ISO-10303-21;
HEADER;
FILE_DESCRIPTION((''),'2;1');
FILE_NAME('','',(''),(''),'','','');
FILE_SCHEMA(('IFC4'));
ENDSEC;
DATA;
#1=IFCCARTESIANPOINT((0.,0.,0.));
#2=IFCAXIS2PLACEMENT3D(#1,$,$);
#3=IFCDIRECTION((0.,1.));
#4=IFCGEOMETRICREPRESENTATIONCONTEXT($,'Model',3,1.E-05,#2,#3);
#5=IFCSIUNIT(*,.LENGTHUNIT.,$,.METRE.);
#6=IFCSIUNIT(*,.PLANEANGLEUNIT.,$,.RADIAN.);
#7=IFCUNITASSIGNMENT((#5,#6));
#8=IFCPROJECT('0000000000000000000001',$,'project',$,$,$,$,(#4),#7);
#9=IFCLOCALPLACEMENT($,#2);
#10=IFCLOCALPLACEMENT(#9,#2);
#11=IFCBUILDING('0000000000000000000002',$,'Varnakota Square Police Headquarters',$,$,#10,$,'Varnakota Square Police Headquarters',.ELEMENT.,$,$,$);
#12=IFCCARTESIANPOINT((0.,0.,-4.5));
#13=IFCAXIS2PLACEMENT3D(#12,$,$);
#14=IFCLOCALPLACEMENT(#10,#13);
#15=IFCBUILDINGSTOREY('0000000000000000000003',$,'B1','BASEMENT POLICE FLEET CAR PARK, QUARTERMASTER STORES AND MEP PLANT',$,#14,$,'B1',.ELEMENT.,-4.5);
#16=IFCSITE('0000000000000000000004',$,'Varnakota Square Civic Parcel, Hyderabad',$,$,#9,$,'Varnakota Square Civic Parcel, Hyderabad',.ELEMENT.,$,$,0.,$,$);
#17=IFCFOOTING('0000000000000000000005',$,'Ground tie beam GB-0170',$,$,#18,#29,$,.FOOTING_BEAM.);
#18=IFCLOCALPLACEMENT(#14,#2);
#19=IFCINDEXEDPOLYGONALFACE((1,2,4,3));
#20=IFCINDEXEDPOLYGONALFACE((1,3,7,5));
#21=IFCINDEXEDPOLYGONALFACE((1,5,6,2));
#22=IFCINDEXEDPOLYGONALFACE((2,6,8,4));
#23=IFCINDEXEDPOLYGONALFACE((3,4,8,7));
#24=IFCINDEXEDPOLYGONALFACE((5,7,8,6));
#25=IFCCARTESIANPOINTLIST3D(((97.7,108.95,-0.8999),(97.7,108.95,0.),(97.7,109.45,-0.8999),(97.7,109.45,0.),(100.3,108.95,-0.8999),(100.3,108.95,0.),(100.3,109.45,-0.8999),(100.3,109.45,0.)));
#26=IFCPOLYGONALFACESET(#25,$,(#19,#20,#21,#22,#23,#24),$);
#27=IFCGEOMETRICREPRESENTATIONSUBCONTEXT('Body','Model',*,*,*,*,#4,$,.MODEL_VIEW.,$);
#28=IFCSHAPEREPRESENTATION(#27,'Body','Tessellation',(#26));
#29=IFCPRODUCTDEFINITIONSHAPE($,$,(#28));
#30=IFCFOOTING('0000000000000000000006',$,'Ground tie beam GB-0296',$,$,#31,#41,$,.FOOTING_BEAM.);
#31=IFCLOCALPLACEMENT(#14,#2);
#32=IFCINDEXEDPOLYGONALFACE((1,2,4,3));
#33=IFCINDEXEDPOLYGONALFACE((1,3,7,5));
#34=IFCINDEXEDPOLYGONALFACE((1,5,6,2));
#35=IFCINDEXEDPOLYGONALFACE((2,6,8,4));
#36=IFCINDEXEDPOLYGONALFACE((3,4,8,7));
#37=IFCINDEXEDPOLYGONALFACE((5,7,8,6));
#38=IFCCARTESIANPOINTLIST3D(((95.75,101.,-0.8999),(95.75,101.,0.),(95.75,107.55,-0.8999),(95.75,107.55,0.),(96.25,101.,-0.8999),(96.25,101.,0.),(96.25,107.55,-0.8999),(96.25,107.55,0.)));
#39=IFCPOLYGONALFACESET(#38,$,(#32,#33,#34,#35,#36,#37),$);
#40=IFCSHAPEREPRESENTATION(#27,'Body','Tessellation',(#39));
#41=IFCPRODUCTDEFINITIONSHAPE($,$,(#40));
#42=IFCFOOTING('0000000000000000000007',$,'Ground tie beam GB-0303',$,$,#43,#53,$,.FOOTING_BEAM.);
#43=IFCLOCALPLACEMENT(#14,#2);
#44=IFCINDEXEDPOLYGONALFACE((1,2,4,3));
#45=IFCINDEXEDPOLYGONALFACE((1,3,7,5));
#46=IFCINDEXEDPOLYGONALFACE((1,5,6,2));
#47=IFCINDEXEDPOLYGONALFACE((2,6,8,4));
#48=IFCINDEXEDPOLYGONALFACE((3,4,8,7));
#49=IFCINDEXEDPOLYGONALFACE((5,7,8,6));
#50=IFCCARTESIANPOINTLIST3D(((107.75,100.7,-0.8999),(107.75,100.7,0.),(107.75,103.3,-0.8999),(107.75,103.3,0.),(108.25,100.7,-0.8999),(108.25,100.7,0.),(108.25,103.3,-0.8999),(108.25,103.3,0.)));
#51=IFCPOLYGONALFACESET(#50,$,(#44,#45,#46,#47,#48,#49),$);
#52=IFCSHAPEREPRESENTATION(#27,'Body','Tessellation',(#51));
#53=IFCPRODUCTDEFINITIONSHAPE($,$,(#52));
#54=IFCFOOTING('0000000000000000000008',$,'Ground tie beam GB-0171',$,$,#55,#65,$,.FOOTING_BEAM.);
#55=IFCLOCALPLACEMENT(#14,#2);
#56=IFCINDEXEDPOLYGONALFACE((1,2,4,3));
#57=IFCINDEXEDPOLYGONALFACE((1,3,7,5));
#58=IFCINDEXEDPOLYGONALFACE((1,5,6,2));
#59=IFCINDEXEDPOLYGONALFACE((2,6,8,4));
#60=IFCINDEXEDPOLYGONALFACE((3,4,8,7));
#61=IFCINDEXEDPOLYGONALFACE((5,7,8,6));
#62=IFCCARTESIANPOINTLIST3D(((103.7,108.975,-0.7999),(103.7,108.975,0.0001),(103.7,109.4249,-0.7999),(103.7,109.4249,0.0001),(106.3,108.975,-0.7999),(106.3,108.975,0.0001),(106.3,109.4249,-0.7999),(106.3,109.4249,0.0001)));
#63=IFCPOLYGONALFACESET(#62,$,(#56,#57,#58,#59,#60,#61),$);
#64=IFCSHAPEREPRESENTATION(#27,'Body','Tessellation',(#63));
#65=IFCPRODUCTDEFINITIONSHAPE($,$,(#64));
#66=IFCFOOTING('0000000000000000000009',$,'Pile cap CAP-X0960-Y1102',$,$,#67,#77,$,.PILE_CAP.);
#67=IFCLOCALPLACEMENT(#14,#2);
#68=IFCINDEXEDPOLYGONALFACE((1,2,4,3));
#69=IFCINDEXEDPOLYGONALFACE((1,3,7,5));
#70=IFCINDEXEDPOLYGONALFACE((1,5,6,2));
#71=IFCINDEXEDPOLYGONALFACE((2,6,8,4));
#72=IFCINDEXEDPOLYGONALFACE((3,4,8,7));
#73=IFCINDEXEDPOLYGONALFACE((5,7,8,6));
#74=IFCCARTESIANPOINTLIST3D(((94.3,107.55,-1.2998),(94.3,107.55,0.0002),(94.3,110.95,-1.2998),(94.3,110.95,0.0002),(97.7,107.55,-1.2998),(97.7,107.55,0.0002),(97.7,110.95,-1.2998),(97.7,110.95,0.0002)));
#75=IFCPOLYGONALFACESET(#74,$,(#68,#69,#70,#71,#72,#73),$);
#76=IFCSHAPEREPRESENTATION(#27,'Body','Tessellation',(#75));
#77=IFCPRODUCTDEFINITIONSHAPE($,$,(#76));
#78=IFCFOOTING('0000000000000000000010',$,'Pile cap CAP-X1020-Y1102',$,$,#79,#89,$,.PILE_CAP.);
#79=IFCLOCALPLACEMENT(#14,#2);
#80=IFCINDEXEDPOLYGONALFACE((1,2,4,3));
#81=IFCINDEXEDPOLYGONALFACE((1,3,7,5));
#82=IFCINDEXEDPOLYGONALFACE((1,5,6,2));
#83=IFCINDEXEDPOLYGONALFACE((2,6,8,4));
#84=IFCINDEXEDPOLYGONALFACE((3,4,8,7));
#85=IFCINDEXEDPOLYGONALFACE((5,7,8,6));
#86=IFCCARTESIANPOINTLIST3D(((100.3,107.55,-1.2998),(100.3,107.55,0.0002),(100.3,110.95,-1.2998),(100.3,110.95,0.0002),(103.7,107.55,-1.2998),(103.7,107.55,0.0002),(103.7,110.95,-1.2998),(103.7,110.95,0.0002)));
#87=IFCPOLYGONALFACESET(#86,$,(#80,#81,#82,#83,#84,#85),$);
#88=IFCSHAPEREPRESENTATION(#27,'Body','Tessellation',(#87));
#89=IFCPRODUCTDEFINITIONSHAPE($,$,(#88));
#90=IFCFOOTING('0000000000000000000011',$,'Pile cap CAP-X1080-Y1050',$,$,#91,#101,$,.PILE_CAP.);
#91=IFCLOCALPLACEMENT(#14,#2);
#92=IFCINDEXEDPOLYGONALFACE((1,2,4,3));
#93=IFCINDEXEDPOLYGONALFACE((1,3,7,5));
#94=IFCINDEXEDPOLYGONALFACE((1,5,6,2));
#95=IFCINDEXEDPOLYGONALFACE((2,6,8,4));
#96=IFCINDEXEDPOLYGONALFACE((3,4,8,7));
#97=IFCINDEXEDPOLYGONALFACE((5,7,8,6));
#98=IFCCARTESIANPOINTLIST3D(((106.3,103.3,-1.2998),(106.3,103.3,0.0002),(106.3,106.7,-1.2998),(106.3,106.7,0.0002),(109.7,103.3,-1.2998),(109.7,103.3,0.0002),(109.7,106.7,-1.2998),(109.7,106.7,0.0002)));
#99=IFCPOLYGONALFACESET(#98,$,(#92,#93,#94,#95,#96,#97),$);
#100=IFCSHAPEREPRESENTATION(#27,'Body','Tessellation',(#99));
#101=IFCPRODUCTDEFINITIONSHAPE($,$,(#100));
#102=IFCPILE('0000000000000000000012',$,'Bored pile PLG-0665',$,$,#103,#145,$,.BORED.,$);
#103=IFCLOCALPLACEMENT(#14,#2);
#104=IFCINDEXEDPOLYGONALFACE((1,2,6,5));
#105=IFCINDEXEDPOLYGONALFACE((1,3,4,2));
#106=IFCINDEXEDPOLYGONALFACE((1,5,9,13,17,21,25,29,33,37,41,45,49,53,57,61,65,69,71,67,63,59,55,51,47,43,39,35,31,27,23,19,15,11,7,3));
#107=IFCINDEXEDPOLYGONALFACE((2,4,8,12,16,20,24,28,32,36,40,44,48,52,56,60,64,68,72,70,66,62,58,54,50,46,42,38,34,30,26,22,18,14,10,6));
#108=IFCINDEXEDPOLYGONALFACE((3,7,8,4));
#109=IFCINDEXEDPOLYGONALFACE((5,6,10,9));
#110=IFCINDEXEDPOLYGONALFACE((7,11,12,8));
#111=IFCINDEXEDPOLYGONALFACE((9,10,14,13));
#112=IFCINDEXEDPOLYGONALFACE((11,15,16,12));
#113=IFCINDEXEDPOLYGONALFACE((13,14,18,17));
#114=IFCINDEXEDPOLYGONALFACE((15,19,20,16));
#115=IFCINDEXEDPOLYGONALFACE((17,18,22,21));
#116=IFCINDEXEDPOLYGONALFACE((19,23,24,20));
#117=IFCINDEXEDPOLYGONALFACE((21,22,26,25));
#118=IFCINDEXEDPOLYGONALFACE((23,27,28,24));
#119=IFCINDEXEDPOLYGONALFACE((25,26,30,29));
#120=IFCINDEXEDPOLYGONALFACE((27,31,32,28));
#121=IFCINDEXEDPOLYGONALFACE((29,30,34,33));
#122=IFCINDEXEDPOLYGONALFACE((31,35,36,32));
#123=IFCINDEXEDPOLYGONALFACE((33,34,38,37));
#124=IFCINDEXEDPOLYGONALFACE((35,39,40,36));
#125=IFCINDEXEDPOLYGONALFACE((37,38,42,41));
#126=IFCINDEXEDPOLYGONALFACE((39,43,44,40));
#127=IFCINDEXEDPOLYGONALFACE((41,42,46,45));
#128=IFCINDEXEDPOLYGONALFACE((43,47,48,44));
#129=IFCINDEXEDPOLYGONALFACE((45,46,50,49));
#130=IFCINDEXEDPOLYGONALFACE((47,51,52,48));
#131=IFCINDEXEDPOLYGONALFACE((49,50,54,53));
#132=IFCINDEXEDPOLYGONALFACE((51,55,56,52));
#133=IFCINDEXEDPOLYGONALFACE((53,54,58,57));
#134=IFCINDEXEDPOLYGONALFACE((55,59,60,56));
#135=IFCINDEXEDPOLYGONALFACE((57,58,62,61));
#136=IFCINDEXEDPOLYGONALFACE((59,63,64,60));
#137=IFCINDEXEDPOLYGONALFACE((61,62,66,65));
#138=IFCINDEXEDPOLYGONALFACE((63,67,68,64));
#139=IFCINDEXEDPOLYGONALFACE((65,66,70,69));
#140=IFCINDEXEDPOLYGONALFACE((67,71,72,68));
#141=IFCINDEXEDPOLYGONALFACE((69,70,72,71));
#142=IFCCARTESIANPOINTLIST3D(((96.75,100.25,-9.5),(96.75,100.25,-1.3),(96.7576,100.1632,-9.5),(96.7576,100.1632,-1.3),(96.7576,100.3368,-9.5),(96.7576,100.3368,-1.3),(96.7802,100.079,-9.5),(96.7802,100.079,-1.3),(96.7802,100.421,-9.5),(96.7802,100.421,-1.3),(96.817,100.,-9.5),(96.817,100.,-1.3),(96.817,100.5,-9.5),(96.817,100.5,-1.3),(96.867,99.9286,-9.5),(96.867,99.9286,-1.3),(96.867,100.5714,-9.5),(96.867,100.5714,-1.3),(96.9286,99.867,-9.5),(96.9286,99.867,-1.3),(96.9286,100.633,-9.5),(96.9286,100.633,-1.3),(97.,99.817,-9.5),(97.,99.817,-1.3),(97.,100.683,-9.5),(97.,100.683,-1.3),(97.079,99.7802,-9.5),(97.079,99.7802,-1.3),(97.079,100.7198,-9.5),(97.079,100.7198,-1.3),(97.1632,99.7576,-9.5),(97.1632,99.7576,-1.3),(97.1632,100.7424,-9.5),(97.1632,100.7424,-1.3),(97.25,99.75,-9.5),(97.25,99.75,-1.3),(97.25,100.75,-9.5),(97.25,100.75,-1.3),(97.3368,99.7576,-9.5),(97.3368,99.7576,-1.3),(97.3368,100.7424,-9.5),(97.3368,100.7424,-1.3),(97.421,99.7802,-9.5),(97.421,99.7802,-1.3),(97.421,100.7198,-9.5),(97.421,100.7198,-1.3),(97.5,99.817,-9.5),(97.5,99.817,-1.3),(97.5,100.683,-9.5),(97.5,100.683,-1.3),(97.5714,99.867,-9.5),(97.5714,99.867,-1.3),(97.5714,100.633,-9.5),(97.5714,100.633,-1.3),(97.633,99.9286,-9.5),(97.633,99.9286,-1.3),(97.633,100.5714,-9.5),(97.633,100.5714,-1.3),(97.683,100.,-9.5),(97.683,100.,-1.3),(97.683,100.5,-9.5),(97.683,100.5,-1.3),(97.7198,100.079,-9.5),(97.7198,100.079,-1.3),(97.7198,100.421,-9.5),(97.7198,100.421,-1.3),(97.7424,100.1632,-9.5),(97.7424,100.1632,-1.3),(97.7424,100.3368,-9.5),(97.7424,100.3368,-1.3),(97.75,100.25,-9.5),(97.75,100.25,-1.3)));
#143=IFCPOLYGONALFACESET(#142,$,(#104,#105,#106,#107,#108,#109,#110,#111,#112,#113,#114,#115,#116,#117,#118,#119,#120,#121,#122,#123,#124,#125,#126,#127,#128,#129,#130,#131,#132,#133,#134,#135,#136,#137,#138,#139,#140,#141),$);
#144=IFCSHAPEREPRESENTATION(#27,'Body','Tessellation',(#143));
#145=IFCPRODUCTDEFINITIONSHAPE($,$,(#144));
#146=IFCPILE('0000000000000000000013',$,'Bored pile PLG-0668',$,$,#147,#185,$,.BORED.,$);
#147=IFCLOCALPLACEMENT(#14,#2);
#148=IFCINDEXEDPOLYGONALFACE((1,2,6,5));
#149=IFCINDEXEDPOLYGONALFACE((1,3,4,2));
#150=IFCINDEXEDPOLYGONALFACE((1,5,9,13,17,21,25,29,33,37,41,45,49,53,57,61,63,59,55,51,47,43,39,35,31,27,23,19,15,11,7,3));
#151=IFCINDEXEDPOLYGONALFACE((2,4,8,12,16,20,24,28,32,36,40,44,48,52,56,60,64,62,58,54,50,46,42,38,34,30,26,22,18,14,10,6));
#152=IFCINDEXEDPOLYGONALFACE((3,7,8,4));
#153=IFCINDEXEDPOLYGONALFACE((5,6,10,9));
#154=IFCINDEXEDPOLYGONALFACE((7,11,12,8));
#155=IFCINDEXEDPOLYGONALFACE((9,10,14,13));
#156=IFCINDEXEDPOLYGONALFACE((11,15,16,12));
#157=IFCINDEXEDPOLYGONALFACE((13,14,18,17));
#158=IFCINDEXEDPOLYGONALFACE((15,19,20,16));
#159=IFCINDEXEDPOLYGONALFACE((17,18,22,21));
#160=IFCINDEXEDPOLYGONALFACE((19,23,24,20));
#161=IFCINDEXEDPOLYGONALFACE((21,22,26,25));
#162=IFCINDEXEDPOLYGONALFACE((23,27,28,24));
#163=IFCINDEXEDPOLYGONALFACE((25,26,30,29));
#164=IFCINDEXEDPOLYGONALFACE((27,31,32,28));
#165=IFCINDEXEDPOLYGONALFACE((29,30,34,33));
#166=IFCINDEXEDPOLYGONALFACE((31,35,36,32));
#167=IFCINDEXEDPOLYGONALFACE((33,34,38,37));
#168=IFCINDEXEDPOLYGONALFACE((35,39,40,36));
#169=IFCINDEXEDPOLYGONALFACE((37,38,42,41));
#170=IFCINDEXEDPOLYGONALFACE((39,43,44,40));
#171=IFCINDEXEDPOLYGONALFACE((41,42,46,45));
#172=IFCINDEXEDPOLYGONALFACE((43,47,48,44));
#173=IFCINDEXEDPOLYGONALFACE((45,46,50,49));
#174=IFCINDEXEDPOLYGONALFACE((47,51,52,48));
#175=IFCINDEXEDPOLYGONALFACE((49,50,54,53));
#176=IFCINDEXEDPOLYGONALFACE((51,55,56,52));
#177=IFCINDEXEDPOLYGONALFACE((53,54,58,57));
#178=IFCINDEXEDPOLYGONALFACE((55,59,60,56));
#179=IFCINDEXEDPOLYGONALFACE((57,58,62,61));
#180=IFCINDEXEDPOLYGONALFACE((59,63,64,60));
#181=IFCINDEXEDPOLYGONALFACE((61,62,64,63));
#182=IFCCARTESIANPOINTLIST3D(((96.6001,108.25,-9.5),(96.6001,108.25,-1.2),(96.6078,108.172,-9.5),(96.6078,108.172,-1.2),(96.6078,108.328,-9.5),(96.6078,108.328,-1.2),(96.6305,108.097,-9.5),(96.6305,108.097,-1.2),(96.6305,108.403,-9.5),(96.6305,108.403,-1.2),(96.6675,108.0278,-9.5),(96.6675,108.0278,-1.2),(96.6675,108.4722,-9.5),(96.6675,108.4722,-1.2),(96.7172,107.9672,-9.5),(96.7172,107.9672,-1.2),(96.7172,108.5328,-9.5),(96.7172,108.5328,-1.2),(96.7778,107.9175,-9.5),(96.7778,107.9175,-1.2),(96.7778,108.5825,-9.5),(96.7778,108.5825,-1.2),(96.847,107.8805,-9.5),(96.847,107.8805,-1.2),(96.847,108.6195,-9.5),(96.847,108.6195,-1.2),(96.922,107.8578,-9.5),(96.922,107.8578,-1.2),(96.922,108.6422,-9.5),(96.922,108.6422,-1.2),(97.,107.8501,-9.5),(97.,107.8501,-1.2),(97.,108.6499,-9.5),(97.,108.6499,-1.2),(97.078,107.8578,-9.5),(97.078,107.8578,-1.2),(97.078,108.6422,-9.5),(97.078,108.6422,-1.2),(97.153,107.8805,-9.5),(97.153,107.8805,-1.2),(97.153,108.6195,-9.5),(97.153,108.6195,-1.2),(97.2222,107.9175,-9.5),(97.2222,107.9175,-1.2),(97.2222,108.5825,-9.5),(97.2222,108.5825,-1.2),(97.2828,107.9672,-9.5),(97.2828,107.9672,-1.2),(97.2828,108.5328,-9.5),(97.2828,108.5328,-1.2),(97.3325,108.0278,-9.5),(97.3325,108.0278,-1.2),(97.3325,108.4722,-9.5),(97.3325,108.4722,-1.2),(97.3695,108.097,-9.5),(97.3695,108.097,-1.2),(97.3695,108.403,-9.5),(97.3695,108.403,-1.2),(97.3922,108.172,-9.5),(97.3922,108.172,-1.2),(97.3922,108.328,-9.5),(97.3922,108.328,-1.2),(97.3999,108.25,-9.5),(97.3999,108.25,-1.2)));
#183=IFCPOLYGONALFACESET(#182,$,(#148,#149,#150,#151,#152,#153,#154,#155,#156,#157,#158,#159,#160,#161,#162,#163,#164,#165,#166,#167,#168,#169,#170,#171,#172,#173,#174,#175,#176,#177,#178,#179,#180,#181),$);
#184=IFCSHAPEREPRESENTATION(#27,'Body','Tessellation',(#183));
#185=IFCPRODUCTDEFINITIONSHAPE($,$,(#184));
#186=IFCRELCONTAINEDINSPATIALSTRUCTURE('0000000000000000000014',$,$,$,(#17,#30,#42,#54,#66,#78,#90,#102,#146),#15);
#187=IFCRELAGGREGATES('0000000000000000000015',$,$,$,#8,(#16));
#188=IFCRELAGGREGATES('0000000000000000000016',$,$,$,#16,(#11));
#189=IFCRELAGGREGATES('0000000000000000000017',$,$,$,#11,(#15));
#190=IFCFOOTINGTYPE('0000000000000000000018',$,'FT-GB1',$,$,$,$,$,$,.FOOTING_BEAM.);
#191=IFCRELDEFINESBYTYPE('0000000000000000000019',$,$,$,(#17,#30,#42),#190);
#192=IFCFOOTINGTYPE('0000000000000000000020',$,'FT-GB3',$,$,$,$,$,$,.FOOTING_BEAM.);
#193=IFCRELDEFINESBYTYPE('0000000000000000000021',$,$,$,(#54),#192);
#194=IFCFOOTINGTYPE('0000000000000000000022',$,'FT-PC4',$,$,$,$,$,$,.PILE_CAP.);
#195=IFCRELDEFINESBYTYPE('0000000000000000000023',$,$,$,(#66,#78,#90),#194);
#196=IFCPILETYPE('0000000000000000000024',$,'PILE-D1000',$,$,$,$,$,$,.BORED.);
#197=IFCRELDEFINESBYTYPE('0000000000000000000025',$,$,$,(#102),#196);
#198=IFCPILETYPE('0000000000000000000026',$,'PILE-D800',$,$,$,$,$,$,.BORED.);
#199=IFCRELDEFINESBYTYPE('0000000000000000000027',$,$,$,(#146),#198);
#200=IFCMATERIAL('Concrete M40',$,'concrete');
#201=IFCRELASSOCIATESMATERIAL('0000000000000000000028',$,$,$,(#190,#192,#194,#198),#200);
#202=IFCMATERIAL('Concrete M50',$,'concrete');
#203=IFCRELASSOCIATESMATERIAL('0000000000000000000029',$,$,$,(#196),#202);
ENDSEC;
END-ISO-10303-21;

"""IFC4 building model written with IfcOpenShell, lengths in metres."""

from ifc_helpers import new_model, si_unit, direction, frame, origin, origin_2d, place, context, subcontext, project, spatial, rectangle, circle, extrude, material, material_profile, profile_set, type_object, element, save


model = new_model("IFC4")

# Units and contexts
model_context = context("Model", 3, precision=1e-05, world=origin(), true_north=direction((0.0, 1.0)))
body_context = subcontext(model_context, "Body", "Model", "MODEL_VIEW")
ifc_project = project(units=[si_unit("LENGTHUNIT", "METRE"), si_unit("PLANEANGLEUNIT", "RADIAN")], contexts=[model_context])

# Site, building, storey
site_placement = place(None, origin())
site = spatial("IfcSite", under=ifc_project, at=site_placement, Name="Varnakota Square Civic Parcel, Hyderabad", LongName="Varnakota Square Civic Parcel, Hyderabad", CompositionType="ELEMENT", RefElevation=0.0)
building_placement = place(site_placement, origin())
building = spatial("IfcBuilding", under=site, at=building_placement, Name="Varnakota Square Police Headquarters", LongName="Varnakota Square Police Headquarters", CompositionType="ELEMENT")
storey_placement = place(building_placement, frame((0.0, 0.0, -4.5)))
storey = spatial("IfcBuildingStorey", under=building, at=storey_placement, Name="B1", Description="BASEMENT POLICE FLEET CAR PARK, QUARTERMASTER STORES AND MEP PLANT", LongName="B1", CompositionType="ELEMENT", Elevation=-4.5)

# Footings
ifc_material_1 = material(Name="Concrete M40", Category="concrete")
ifc_material_profile_1 = material_profile(ifc_material_1, rectangle(XDim=0.5, YDim=0.8999, at=origin_2d()), Name="GB 500x900")
ifc_profile_set_1 = profile_set([ifc_material_profile_1], Name="Concrete M40")
footing_type_1 = type_object("IfcFootingType", Name="FT-GB1", PredefinedType="FOOTING_BEAM", material=ifc_profile_set_1)
footing_1_placement = place(storey_placement, frame((97.7, 109.2, -0.45), z_axis=(1.0, 0.0, 0.0), x_axis=(0.0, 1.0, 0.0)))
element("IfcFooting", 1, at=footing_1_placement, inside=storey, type_object=footing_type_1, Name="Ground tie beam GB-0170", PredefinedType="FOOTING_BEAM", context=body_context, shape_type="SweptSolid", body=[
    extrude(rectangle(XDim=0.5, YDim=0.8999, at=origin_2d()), origin(), (0.0, 0.0, 1.0), 2.6001),
])
footing_2_placement = place(storey_placement, frame((96.0, 101.0, -0.45), z_axis=(0.0, 1.0, 0.0), x_axis=(-1.0, 0.0, 0.0)))
element("IfcFooting", 2, at=footing_2_placement, inside=storey, type_object=footing_type_1, Name="Ground tie beam GB-0296", PredefinedType="FOOTING_BEAM", context=body_context, shape_type="SweptSolid", body=[
    extrude(rectangle(XDim=0.5, YDim=0.8999, at=origin_2d()), origin(), (0.0, 0.0, 1.0), 6.55),
])
footing_3_placement = place(storey_placement, frame((108.0, 100.7, -0.45), z_axis=(0.0, 1.0, 0.0), x_axis=(-1.0, 0.0, 0.0)))
element("IfcFooting", 3, at=footing_3_placement, inside=storey, type_object=footing_type_1, Name="Ground tie beam GB-0303", PredefinedType="FOOTING_BEAM", context=body_context, shape_type="SweptSolid", body=[
    extrude(rectangle(XDim=0.5, YDim=0.8999, at=origin_2d()), origin(), (0.0, 0.0, 1.0), 2.6001),
])
ifc_material_profile_2 = material_profile(ifc_material_1, rectangle(XDim=0.45, YDim=0.8, at=origin_2d()), Name="GB 450x800")
ifc_profile_set_2 = profile_set([ifc_material_profile_2], Name="Concrete M40")
footing_type_2 = type_object("IfcFootingType", Name="FT-GB3", PredefinedType="FOOTING_BEAM", material=ifc_profile_set_2)
footing_4_placement = place(storey_placement, frame((103.7, 109.2, -0.3999), z_axis=(1.0, 0.0, 0.0), x_axis=(0.0, 1.0, 0.0)))
element("IfcFooting", 4, at=footing_4_placement, inside=storey, type_object=footing_type_2, Name="Ground tie beam GB-0171", PredefinedType="FOOTING_BEAM", context=body_context, shape_type="SweptSolid", body=[
    extrude(rectangle(XDim=0.45, YDim=0.8, at=origin_2d()), origin(), (0.0, 0.0, 1.0), 2.6001),
])
footing_type_3 = type_object("IfcFootingType", Name="FT-PC4", PredefinedType="PILE_CAP", material=ifc_material_1)
for number, where, z_axis, x_axis, name in (
    (5, (96.0, 109.25, -1.2998), (0.0, 0.0, 1.0), (1.0, 0.0, 0.0), "Pile cap CAP-X0960-Y1102"),
    (6, (102.0, 109.25, -1.2998), (0.0, 0.0, 1.0), (1.0, 0.0, 0.0), "Pile cap CAP-X1020-Y1102"),
    (7, (108.0, 105.0, -1.2998), (0.0, 0.0, 1.0), (1.0, 0.0, 0.0), "Pile cap CAP-X1080-Y1050"),
):
    element("IfcFooting", number, at=place(storey_placement, frame(where, z_axis=z_axis, x_axis=x_axis)), inside=storey, type_object=footing_type_3, Name=name, PredefinedType="PILE_CAP", context=body_context, shape_type="SweptSolid", body=[
        extrude(rectangle(XDim=3.3999, YDim=3.3999, at=origin_2d()), origin(), (0.0, 0.0, 1.0), 1.3),
    ])

# Piles
ifc_material_2 = material(Name="Concrete M50", Category="concrete")
ifc_material_profile_3 = material_profile(ifc_material_2, circle(Radius=0.5, at=origin_2d()), Name="BORED PILE 1000")
ifc_profile_set_3 = profile_set([ifc_material_profile_3], Name="Concrete M50")
pile_type_1 = type_object("IfcPileType", Name="PILE-D1000", PredefinedType="BORED", material=ifc_profile_set_3)
pile_placement = place(storey_placement, frame((97.25, 100.25, -1.3), z_axis=(0.0, 0.0, -1.0), x_axis=(1.0, 0.0, 0.0)))
element("IfcPile", 8, at=pile_placement, inside=storey, type_object=pile_type_1, Name="Bored pile PLG-0665", PredefinedType="BORED", context=body_context, shape_type="SweptSolid", body=[
    extrude(circle(Radius=0.5, at=origin_2d()), origin(), (0.0, 0.0, 1.0), 8.2),
])
ifc_material_profile_4 = material_profile(ifc_material_1, circle(Radius=0.3999, at=origin_2d()), Name="BORED PILE 800")
ifc_profile_set_4 = profile_set([ifc_material_profile_4], Name="Concrete M40")
pile_type_2 = type_object("IfcPileType", Name="PILE-D800", PredefinedType="BORED", material=ifc_profile_set_4)
for number, where, z_axis, x_axis, name in (
    (9, (97.0, 108.25, -1.2), (0.0, 0.0, -1.0), (1.0, 0.0, 0.0), "Bored pile PLG-0668"),
):
    element("IfcPile", number, at=place(storey_placement, frame(where, z_axis=z_axis, x_axis=x_axis)), inside=storey, type_object=pile_type_2, Name=name, PredefinedType="BORED", context=body_context, shape_type="SweptSolid", body=[
        extrude(circle(Radius=0.3999, at=origin_2d()), origin(), (0.0, 0.0, 1.0), 8.3),
    ])

save(model, "model.ifc")
